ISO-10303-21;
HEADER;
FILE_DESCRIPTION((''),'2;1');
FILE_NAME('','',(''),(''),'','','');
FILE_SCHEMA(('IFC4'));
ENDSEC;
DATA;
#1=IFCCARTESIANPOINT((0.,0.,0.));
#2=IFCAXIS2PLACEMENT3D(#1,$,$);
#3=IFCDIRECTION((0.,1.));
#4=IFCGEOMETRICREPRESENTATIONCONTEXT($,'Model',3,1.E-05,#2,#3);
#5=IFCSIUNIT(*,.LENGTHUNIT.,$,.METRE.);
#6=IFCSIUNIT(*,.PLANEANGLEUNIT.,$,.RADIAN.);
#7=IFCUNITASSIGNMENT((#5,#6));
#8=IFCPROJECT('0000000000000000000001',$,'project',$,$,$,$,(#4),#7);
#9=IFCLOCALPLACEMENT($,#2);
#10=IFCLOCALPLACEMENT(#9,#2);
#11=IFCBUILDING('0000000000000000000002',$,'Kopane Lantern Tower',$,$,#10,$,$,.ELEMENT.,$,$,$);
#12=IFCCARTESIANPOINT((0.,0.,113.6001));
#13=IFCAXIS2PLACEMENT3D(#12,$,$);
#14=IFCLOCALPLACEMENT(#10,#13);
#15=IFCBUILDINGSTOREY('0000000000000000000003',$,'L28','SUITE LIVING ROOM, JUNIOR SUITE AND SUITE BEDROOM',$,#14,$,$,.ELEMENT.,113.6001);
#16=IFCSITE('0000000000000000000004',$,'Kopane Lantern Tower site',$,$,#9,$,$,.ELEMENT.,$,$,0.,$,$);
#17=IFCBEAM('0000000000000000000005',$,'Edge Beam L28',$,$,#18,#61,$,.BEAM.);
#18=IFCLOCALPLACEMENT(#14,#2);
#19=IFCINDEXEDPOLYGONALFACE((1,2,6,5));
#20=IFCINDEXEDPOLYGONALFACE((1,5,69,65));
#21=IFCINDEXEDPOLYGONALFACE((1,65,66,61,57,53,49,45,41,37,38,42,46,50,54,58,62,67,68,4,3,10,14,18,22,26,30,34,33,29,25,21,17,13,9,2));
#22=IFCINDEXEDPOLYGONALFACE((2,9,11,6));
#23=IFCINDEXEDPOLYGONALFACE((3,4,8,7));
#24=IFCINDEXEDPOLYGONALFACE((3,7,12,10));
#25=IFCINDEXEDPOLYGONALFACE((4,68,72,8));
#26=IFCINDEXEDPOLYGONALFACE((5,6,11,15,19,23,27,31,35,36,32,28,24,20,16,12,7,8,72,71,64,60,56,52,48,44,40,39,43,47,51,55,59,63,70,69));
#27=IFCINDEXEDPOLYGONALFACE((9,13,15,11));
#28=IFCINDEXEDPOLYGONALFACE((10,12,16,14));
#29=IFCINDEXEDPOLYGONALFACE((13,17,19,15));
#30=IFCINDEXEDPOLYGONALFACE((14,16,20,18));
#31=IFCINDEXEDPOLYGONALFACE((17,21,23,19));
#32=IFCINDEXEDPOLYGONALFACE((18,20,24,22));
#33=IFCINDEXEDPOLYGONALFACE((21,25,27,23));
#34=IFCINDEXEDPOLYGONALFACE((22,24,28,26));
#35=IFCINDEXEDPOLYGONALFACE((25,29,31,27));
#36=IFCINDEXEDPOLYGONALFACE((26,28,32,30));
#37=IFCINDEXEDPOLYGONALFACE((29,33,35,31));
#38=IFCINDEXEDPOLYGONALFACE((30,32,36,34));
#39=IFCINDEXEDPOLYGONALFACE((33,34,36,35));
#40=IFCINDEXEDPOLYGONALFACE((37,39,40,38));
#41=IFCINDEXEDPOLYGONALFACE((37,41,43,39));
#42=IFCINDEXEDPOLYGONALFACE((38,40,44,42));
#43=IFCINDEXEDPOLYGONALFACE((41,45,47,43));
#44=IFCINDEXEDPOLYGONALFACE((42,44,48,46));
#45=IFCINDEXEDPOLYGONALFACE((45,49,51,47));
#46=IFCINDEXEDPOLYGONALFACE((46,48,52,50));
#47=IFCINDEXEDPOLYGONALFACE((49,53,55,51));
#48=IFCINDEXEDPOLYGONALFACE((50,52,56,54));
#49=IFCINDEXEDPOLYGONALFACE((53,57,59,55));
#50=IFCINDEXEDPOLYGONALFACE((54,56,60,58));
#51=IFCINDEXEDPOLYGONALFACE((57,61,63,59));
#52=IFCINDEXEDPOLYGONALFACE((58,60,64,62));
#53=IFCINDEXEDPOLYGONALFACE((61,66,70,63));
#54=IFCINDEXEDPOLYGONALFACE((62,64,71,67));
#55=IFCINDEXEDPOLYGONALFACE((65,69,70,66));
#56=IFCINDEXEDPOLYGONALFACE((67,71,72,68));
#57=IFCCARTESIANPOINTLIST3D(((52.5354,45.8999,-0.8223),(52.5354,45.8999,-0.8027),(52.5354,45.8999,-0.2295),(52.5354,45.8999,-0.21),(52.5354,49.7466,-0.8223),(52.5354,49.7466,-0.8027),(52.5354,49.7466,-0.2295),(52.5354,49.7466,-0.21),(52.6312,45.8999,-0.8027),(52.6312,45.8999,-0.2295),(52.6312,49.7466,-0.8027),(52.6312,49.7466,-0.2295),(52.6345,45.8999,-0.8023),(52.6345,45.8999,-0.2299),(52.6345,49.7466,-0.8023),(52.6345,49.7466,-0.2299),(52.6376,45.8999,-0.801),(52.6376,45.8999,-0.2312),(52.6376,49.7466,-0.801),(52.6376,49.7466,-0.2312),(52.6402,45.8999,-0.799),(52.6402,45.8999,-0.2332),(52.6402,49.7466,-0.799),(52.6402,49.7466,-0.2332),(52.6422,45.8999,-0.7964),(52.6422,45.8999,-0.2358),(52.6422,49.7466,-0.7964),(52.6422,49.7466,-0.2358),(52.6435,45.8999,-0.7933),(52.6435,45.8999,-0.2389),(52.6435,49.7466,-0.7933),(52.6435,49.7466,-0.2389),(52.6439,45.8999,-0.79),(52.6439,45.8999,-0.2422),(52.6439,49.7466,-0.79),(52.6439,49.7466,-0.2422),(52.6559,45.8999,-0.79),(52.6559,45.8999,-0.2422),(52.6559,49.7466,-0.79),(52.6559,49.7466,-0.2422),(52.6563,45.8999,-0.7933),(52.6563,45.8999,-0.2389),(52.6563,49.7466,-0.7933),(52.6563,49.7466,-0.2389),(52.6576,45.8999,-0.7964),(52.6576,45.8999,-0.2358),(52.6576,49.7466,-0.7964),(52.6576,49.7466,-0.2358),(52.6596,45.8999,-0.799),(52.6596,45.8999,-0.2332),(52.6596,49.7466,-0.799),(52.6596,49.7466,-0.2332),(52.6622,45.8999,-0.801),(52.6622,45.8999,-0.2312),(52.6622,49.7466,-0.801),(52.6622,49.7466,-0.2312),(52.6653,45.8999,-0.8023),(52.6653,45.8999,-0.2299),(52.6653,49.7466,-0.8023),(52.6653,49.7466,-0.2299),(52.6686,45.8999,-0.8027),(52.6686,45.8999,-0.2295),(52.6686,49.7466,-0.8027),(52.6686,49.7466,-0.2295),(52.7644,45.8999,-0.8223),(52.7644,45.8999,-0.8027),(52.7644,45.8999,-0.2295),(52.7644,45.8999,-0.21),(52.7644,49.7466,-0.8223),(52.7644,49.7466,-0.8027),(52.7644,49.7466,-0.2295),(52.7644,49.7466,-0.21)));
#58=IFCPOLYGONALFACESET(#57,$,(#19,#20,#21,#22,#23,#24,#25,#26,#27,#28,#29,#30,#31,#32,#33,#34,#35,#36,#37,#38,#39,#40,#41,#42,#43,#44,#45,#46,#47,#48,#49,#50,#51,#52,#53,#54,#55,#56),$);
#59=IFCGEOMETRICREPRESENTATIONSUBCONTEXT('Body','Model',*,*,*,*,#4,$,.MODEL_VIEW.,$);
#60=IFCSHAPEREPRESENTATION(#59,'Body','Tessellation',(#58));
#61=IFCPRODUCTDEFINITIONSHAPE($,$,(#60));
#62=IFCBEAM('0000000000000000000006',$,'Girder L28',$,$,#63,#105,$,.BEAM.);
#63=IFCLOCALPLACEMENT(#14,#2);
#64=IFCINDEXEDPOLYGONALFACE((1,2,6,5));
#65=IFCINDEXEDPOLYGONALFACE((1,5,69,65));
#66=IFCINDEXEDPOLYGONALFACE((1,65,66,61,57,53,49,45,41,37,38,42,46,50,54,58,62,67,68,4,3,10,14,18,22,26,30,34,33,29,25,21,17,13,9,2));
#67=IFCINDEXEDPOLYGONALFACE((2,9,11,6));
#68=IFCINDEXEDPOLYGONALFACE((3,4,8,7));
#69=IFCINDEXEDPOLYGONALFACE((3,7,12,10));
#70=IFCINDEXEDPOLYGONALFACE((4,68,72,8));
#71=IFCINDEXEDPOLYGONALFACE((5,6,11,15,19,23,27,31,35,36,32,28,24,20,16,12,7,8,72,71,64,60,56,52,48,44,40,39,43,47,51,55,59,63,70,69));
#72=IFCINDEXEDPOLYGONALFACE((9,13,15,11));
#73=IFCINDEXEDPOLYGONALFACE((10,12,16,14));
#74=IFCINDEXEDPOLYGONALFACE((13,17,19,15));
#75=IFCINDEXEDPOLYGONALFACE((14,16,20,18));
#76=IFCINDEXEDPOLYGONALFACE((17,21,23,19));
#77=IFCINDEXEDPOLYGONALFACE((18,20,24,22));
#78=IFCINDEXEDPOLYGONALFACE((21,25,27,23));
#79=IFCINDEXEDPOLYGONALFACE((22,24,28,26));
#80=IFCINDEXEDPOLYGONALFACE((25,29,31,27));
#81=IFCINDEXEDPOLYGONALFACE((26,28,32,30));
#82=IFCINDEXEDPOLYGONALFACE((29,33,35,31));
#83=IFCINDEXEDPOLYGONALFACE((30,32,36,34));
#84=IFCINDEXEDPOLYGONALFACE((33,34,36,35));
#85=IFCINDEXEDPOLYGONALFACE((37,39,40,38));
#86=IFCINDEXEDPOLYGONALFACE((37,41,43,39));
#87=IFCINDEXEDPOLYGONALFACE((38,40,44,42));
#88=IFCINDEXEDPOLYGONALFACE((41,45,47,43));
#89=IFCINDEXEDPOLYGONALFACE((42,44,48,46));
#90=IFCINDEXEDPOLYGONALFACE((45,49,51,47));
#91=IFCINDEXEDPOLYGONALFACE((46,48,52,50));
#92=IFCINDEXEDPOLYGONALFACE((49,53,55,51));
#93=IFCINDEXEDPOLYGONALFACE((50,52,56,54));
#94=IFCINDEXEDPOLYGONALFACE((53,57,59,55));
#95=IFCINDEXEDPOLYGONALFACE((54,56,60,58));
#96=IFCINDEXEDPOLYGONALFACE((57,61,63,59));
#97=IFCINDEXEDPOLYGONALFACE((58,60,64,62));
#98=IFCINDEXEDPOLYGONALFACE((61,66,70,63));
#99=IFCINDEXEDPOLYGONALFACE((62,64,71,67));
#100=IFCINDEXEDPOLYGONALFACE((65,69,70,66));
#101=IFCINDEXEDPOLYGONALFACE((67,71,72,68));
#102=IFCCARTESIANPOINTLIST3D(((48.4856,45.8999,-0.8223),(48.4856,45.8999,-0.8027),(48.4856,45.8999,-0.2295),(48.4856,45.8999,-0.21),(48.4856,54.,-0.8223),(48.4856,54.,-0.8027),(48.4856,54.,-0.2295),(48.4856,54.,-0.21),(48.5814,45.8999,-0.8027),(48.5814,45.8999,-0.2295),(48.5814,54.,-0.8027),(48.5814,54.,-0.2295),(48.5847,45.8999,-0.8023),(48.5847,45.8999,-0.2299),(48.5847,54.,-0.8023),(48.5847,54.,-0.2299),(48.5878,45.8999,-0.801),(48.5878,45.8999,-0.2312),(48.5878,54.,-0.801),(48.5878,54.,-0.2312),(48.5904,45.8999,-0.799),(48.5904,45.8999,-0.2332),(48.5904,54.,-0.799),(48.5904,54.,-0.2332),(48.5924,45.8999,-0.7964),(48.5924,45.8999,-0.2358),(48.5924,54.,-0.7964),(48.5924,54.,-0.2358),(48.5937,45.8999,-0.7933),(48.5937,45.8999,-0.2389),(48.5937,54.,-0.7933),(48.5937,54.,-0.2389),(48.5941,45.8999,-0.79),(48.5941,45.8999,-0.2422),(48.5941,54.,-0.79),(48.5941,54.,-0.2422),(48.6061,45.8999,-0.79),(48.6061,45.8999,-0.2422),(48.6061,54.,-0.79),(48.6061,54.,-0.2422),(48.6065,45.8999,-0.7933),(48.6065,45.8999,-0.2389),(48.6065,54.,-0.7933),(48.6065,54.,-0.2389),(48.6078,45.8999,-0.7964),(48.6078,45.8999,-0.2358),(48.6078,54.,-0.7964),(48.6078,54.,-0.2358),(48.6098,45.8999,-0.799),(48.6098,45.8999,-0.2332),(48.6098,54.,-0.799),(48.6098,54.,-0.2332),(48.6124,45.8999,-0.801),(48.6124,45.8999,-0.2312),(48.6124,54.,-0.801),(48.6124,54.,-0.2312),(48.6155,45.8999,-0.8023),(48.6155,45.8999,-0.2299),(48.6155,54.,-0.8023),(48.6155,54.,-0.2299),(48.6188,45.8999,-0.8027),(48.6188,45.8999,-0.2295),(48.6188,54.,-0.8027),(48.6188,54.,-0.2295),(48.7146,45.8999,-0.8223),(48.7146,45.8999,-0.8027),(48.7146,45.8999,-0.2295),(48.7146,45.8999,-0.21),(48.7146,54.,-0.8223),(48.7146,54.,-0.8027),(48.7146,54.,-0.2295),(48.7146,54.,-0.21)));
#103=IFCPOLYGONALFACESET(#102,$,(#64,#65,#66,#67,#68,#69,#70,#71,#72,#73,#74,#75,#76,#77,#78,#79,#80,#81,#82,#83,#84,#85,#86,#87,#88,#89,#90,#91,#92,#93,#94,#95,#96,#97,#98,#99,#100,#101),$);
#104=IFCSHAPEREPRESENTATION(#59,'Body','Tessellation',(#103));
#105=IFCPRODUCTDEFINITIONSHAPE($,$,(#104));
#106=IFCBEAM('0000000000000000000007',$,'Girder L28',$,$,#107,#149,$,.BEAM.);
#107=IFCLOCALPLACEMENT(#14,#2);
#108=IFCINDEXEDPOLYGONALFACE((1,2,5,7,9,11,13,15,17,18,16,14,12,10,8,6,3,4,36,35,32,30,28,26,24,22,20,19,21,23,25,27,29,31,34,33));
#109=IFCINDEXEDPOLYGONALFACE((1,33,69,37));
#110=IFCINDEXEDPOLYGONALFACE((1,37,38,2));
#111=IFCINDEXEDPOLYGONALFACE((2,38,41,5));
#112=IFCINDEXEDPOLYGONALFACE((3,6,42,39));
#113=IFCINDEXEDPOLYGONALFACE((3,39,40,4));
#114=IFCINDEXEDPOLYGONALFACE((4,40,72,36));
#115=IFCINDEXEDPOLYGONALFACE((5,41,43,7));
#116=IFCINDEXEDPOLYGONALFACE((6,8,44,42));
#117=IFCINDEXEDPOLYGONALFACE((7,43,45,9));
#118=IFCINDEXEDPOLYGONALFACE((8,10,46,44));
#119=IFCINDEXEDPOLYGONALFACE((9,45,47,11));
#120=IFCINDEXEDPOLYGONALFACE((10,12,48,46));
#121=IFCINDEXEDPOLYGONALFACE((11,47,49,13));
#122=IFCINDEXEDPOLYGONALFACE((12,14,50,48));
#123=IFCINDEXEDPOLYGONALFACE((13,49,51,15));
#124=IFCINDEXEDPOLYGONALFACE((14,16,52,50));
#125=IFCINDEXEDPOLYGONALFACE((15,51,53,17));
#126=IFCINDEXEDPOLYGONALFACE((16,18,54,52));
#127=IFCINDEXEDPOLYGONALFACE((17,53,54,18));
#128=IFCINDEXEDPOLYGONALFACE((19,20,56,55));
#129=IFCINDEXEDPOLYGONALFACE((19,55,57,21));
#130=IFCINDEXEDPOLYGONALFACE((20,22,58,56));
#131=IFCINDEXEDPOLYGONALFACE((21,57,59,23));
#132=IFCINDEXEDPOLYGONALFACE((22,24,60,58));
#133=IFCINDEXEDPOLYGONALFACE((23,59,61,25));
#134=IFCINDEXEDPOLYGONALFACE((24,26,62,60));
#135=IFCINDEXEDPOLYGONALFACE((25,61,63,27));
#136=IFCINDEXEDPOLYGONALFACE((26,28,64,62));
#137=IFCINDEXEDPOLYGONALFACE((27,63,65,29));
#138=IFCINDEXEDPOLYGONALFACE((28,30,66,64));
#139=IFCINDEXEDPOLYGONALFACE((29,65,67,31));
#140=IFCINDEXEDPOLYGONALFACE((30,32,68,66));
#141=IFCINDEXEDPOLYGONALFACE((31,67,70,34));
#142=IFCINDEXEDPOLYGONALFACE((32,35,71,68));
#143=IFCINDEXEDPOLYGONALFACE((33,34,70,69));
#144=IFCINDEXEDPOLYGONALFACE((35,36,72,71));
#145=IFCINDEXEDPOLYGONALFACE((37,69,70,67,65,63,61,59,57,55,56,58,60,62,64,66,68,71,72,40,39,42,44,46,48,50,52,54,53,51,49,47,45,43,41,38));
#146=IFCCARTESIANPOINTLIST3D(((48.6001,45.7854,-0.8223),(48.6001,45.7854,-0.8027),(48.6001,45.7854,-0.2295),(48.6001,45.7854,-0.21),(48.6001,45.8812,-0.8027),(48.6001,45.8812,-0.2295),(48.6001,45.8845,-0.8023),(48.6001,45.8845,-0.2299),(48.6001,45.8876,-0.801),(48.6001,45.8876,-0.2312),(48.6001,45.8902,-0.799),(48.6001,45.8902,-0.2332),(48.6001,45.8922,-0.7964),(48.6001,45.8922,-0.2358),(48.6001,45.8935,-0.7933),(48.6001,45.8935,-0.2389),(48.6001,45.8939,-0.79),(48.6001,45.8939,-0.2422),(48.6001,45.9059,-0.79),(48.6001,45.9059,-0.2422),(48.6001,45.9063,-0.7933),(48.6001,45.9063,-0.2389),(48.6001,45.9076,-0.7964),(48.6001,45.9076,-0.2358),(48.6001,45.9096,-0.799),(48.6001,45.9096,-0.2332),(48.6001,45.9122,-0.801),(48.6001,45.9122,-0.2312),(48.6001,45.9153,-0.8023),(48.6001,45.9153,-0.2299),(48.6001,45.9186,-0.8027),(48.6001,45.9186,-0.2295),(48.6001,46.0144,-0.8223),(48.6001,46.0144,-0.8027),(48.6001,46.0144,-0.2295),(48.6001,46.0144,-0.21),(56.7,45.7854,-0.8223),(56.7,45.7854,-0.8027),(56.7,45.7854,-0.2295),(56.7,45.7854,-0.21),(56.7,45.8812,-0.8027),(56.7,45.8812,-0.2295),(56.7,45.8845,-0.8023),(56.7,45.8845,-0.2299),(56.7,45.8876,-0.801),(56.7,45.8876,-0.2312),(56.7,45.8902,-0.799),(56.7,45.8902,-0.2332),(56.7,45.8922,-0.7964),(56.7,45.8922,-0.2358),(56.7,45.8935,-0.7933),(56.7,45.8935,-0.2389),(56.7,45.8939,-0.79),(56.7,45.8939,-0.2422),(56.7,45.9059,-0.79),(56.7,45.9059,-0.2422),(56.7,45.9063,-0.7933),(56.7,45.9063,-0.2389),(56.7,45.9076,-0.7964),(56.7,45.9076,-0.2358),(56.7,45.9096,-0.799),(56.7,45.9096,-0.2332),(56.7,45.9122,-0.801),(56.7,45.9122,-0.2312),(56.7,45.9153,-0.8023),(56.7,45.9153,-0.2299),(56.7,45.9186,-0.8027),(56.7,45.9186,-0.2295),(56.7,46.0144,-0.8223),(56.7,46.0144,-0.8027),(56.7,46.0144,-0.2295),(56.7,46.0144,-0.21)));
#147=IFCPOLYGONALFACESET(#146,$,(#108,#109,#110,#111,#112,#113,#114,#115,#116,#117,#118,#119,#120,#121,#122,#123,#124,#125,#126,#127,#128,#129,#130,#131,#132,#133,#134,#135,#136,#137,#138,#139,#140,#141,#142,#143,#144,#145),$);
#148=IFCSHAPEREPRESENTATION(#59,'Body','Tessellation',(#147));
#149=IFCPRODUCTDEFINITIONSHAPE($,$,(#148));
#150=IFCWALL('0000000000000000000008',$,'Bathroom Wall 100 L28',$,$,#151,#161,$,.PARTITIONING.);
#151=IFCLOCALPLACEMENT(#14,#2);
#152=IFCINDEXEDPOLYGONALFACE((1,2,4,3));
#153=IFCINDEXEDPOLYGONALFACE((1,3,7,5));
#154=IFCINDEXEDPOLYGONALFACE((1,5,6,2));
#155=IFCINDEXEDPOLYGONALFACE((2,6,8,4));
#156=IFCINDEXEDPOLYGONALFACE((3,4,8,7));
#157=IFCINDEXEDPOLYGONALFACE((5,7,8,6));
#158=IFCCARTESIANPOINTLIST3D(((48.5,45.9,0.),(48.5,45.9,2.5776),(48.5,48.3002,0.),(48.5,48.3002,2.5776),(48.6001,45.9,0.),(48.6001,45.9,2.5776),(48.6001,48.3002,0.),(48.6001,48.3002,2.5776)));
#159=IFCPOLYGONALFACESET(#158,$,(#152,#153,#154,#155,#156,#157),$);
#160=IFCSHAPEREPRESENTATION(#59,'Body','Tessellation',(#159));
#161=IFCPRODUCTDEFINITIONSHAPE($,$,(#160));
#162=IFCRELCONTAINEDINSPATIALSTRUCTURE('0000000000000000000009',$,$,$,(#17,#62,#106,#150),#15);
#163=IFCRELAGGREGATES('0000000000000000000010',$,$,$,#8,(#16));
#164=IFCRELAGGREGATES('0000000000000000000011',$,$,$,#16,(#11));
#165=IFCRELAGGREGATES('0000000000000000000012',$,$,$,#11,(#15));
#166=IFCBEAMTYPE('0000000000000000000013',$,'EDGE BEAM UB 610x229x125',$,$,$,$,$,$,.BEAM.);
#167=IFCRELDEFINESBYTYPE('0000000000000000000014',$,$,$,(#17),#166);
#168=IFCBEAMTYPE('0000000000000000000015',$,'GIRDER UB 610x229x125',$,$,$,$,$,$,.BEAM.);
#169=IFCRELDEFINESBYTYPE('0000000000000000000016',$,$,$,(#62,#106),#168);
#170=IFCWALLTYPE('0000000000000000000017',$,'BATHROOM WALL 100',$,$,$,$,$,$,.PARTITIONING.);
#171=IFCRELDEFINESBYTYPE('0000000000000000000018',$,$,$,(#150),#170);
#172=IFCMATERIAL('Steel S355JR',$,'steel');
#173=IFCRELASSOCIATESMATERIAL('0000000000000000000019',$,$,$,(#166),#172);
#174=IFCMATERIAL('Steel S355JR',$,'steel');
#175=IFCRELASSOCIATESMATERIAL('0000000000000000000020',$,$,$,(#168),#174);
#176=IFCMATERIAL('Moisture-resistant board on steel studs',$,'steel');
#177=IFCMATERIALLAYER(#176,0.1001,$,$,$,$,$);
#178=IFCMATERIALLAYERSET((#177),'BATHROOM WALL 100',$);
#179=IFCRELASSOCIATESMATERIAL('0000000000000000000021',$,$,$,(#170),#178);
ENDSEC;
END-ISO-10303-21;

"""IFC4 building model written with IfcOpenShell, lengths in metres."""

from ifc_helpers import new_model, si_unit, direction, frame, frame_2d, origin, origin_2d, place, context, subcontext, project, spatial, rectangle, i_section, extrude, material, layer, layer_set, material_profile, profile_set, type_object, element, save


model = new_model("IFC4")

# Units and contexts
model_context = context("Model", 3, precision=1e-05, world=origin(), true_north=direction((0.0, 1.0)))
body_context = subcontext(model_context, "Body", "Model", "MODEL_VIEW")
ifc_project = project(units=[si_unit("LENGTHUNIT", "METRE"), si_unit("PLANEANGLEUNIT", "RADIAN")], contexts=[model_context])

# Site, building, storey
site_placement = place(None, origin())
site = spatial("IfcSite", under=ifc_project, at=site_placement, Name="Kopane Lantern Tower site", CompositionType="ELEMENT", RefElevation=0.0)
building_placement = place(site_placement, origin())
building = spatial("IfcBuilding", under=site, at=building_placement, Name="Kopane Lantern Tower", CompositionType="ELEMENT")
storey_placement = place(building_placement, frame((0.0, 0.0, 113.6001)))
storey = spatial("IfcBuildingStorey", under=building, at=storey_placement, Name="L28", Description="SUITE LIVING ROOM, JUNIOR SUITE AND SUITE BEDROOM", CompositionType="ELEMENT", Elevation=113.6001)

# Beams
ifc_material_1 = material(Name="Steel S355JR", Category="steel")
ifc_material_profile_1 = material_profile(ifc_material_1, i_section(OverallWidth=0.229, OverallDepth=0.6123, WebThickness=0.012, FlangeThickness=0.0195, FilletRadius=0.0127, at=origin_2d()), Name="UB 610x229x125")
ifc_profile_set_1 = profile_set([ifc_material_profile_1], Name="Steel S355JR")
beam_type_1 = type_object("IfcBeamType", Name="EDGE BEAM UB 610x229x125", PredefinedType="BEAM", material=ifc_profile_set_1)
beam_1_placement = place(storey_placement, frame((52.6499, 49.7466, -0.5161), z_axis=(0.0, -1.0, 0.0), x_axis=(1.0, 0.0, 0.0)))
element("IfcBeam", 1, at=beam_1_placement, inside=storey, type_object=beam_type_1, Name="Edge Beam L28", PredefinedType="BEAM", context=body_context, shape_type="SweptSolid", body=[
    extrude(i_section(OverallWidth=0.229, OverallDepth=0.6123, WebThickness=0.012, FlangeThickness=0.0195, FilletRadius=0.0127, at=origin_2d()), origin(), (0.0, 0.0, 1.0), 3.8467),
])
ifc_material_2 = material(Name="Steel S355JR", Category="steel")
ifc_material_profile_2 = material_profile(ifc_material_2, i_section(OverallWidth=0.229, OverallDepth=0.6123, WebThickness=0.012, FlangeThickness=0.0195, FilletRadius=0.0127, at=origin_2d()), Name="UB 610x229x125")
ifc_profile_set_2 = profile_set([ifc_material_profile_2], Name="Steel S355JR")
beam_type_2 = type_object("IfcBeamType", Name="GIRDER UB 610x229x125", PredefinedType="BEAM", material=ifc_profile_set_2)
beam_2_placement = place(storey_placement, frame((48.6001, 45.8999, -0.5161), z_axis=(0.0, 1.0, 0.0), x_axis=(-1.0, 0.0, 0.0)))
element("IfcBeam", 2, at=beam_2_placement, inside=storey, type_object=beam_type_2, Name="Girder L28", PredefinedType="BEAM", context=body_context, shape_type="SweptSolid", body=[
    extrude(i_section(OverallWidth=0.229, OverallDepth=0.6123, WebThickness=0.012, FlangeThickness=0.0195, FilletRadius=0.0127, at=origin_2d()), origin(), (0.0, 0.0, 1.0), 8.1001),
])
beam_3_placement = place(storey_placement, frame((48.6001, 45.8999, -0.5161), z_axis=(1.0, 0.0, 0.0), x_axis=(0.0, 1.0, 0.0)))
element("IfcBeam", 3, at=beam_3_placement, inside=storey, type_object=beam_type_2, Name="Girder L28", PredefinedType="BEAM", context=body_context, shape_type="SweptSolid", body=[
    extrude(i_section(OverallWidth=0.229, OverallDepth=0.6123, WebThickness=0.012, FlangeThickness=0.0195, FilletRadius=0.0127, at=origin_2d()), origin(), (0.0, 0.0, 1.0), 8.0999),
])

# Wall
ifc_material_3 = material(Name="Moisture-resistant board on steel studs", Category="steel")
ifc_layer_1 = layer(ifc_material_3, 0.1001)
ifc_layer_set_1 = layer_set([ifc_layer_1], Name="BATHROOM WALL 100")
wall_type_1 = type_object("IfcWallType", Name="BATHROOM WALL 100", PredefinedType="PARTITIONING", material=ifc_layer_set_1)
wall_1_placement = place(storey_placement, frame((48.55, 45.8999, 0.0), z_axis=(0.0, 0.0, 1.0), x_axis=(0.0, 1.0, 0.0)))
element("IfcWall", 4, at=wall_1_placement, inside=storey, type_object=wall_type_1, Name="Bathroom Wall 100 L28", PredefinedType="PARTITIONING", context=body_context, shape_type="SweptSolid", body=[
    extrude(rectangle(XDim=2.4001, YDim=0.1001, at=frame_2d((1.2002, 0.0))), origin(), (0.0, 0.0, 1.0), 2.5776),
])

save(model, "model.ifc")
